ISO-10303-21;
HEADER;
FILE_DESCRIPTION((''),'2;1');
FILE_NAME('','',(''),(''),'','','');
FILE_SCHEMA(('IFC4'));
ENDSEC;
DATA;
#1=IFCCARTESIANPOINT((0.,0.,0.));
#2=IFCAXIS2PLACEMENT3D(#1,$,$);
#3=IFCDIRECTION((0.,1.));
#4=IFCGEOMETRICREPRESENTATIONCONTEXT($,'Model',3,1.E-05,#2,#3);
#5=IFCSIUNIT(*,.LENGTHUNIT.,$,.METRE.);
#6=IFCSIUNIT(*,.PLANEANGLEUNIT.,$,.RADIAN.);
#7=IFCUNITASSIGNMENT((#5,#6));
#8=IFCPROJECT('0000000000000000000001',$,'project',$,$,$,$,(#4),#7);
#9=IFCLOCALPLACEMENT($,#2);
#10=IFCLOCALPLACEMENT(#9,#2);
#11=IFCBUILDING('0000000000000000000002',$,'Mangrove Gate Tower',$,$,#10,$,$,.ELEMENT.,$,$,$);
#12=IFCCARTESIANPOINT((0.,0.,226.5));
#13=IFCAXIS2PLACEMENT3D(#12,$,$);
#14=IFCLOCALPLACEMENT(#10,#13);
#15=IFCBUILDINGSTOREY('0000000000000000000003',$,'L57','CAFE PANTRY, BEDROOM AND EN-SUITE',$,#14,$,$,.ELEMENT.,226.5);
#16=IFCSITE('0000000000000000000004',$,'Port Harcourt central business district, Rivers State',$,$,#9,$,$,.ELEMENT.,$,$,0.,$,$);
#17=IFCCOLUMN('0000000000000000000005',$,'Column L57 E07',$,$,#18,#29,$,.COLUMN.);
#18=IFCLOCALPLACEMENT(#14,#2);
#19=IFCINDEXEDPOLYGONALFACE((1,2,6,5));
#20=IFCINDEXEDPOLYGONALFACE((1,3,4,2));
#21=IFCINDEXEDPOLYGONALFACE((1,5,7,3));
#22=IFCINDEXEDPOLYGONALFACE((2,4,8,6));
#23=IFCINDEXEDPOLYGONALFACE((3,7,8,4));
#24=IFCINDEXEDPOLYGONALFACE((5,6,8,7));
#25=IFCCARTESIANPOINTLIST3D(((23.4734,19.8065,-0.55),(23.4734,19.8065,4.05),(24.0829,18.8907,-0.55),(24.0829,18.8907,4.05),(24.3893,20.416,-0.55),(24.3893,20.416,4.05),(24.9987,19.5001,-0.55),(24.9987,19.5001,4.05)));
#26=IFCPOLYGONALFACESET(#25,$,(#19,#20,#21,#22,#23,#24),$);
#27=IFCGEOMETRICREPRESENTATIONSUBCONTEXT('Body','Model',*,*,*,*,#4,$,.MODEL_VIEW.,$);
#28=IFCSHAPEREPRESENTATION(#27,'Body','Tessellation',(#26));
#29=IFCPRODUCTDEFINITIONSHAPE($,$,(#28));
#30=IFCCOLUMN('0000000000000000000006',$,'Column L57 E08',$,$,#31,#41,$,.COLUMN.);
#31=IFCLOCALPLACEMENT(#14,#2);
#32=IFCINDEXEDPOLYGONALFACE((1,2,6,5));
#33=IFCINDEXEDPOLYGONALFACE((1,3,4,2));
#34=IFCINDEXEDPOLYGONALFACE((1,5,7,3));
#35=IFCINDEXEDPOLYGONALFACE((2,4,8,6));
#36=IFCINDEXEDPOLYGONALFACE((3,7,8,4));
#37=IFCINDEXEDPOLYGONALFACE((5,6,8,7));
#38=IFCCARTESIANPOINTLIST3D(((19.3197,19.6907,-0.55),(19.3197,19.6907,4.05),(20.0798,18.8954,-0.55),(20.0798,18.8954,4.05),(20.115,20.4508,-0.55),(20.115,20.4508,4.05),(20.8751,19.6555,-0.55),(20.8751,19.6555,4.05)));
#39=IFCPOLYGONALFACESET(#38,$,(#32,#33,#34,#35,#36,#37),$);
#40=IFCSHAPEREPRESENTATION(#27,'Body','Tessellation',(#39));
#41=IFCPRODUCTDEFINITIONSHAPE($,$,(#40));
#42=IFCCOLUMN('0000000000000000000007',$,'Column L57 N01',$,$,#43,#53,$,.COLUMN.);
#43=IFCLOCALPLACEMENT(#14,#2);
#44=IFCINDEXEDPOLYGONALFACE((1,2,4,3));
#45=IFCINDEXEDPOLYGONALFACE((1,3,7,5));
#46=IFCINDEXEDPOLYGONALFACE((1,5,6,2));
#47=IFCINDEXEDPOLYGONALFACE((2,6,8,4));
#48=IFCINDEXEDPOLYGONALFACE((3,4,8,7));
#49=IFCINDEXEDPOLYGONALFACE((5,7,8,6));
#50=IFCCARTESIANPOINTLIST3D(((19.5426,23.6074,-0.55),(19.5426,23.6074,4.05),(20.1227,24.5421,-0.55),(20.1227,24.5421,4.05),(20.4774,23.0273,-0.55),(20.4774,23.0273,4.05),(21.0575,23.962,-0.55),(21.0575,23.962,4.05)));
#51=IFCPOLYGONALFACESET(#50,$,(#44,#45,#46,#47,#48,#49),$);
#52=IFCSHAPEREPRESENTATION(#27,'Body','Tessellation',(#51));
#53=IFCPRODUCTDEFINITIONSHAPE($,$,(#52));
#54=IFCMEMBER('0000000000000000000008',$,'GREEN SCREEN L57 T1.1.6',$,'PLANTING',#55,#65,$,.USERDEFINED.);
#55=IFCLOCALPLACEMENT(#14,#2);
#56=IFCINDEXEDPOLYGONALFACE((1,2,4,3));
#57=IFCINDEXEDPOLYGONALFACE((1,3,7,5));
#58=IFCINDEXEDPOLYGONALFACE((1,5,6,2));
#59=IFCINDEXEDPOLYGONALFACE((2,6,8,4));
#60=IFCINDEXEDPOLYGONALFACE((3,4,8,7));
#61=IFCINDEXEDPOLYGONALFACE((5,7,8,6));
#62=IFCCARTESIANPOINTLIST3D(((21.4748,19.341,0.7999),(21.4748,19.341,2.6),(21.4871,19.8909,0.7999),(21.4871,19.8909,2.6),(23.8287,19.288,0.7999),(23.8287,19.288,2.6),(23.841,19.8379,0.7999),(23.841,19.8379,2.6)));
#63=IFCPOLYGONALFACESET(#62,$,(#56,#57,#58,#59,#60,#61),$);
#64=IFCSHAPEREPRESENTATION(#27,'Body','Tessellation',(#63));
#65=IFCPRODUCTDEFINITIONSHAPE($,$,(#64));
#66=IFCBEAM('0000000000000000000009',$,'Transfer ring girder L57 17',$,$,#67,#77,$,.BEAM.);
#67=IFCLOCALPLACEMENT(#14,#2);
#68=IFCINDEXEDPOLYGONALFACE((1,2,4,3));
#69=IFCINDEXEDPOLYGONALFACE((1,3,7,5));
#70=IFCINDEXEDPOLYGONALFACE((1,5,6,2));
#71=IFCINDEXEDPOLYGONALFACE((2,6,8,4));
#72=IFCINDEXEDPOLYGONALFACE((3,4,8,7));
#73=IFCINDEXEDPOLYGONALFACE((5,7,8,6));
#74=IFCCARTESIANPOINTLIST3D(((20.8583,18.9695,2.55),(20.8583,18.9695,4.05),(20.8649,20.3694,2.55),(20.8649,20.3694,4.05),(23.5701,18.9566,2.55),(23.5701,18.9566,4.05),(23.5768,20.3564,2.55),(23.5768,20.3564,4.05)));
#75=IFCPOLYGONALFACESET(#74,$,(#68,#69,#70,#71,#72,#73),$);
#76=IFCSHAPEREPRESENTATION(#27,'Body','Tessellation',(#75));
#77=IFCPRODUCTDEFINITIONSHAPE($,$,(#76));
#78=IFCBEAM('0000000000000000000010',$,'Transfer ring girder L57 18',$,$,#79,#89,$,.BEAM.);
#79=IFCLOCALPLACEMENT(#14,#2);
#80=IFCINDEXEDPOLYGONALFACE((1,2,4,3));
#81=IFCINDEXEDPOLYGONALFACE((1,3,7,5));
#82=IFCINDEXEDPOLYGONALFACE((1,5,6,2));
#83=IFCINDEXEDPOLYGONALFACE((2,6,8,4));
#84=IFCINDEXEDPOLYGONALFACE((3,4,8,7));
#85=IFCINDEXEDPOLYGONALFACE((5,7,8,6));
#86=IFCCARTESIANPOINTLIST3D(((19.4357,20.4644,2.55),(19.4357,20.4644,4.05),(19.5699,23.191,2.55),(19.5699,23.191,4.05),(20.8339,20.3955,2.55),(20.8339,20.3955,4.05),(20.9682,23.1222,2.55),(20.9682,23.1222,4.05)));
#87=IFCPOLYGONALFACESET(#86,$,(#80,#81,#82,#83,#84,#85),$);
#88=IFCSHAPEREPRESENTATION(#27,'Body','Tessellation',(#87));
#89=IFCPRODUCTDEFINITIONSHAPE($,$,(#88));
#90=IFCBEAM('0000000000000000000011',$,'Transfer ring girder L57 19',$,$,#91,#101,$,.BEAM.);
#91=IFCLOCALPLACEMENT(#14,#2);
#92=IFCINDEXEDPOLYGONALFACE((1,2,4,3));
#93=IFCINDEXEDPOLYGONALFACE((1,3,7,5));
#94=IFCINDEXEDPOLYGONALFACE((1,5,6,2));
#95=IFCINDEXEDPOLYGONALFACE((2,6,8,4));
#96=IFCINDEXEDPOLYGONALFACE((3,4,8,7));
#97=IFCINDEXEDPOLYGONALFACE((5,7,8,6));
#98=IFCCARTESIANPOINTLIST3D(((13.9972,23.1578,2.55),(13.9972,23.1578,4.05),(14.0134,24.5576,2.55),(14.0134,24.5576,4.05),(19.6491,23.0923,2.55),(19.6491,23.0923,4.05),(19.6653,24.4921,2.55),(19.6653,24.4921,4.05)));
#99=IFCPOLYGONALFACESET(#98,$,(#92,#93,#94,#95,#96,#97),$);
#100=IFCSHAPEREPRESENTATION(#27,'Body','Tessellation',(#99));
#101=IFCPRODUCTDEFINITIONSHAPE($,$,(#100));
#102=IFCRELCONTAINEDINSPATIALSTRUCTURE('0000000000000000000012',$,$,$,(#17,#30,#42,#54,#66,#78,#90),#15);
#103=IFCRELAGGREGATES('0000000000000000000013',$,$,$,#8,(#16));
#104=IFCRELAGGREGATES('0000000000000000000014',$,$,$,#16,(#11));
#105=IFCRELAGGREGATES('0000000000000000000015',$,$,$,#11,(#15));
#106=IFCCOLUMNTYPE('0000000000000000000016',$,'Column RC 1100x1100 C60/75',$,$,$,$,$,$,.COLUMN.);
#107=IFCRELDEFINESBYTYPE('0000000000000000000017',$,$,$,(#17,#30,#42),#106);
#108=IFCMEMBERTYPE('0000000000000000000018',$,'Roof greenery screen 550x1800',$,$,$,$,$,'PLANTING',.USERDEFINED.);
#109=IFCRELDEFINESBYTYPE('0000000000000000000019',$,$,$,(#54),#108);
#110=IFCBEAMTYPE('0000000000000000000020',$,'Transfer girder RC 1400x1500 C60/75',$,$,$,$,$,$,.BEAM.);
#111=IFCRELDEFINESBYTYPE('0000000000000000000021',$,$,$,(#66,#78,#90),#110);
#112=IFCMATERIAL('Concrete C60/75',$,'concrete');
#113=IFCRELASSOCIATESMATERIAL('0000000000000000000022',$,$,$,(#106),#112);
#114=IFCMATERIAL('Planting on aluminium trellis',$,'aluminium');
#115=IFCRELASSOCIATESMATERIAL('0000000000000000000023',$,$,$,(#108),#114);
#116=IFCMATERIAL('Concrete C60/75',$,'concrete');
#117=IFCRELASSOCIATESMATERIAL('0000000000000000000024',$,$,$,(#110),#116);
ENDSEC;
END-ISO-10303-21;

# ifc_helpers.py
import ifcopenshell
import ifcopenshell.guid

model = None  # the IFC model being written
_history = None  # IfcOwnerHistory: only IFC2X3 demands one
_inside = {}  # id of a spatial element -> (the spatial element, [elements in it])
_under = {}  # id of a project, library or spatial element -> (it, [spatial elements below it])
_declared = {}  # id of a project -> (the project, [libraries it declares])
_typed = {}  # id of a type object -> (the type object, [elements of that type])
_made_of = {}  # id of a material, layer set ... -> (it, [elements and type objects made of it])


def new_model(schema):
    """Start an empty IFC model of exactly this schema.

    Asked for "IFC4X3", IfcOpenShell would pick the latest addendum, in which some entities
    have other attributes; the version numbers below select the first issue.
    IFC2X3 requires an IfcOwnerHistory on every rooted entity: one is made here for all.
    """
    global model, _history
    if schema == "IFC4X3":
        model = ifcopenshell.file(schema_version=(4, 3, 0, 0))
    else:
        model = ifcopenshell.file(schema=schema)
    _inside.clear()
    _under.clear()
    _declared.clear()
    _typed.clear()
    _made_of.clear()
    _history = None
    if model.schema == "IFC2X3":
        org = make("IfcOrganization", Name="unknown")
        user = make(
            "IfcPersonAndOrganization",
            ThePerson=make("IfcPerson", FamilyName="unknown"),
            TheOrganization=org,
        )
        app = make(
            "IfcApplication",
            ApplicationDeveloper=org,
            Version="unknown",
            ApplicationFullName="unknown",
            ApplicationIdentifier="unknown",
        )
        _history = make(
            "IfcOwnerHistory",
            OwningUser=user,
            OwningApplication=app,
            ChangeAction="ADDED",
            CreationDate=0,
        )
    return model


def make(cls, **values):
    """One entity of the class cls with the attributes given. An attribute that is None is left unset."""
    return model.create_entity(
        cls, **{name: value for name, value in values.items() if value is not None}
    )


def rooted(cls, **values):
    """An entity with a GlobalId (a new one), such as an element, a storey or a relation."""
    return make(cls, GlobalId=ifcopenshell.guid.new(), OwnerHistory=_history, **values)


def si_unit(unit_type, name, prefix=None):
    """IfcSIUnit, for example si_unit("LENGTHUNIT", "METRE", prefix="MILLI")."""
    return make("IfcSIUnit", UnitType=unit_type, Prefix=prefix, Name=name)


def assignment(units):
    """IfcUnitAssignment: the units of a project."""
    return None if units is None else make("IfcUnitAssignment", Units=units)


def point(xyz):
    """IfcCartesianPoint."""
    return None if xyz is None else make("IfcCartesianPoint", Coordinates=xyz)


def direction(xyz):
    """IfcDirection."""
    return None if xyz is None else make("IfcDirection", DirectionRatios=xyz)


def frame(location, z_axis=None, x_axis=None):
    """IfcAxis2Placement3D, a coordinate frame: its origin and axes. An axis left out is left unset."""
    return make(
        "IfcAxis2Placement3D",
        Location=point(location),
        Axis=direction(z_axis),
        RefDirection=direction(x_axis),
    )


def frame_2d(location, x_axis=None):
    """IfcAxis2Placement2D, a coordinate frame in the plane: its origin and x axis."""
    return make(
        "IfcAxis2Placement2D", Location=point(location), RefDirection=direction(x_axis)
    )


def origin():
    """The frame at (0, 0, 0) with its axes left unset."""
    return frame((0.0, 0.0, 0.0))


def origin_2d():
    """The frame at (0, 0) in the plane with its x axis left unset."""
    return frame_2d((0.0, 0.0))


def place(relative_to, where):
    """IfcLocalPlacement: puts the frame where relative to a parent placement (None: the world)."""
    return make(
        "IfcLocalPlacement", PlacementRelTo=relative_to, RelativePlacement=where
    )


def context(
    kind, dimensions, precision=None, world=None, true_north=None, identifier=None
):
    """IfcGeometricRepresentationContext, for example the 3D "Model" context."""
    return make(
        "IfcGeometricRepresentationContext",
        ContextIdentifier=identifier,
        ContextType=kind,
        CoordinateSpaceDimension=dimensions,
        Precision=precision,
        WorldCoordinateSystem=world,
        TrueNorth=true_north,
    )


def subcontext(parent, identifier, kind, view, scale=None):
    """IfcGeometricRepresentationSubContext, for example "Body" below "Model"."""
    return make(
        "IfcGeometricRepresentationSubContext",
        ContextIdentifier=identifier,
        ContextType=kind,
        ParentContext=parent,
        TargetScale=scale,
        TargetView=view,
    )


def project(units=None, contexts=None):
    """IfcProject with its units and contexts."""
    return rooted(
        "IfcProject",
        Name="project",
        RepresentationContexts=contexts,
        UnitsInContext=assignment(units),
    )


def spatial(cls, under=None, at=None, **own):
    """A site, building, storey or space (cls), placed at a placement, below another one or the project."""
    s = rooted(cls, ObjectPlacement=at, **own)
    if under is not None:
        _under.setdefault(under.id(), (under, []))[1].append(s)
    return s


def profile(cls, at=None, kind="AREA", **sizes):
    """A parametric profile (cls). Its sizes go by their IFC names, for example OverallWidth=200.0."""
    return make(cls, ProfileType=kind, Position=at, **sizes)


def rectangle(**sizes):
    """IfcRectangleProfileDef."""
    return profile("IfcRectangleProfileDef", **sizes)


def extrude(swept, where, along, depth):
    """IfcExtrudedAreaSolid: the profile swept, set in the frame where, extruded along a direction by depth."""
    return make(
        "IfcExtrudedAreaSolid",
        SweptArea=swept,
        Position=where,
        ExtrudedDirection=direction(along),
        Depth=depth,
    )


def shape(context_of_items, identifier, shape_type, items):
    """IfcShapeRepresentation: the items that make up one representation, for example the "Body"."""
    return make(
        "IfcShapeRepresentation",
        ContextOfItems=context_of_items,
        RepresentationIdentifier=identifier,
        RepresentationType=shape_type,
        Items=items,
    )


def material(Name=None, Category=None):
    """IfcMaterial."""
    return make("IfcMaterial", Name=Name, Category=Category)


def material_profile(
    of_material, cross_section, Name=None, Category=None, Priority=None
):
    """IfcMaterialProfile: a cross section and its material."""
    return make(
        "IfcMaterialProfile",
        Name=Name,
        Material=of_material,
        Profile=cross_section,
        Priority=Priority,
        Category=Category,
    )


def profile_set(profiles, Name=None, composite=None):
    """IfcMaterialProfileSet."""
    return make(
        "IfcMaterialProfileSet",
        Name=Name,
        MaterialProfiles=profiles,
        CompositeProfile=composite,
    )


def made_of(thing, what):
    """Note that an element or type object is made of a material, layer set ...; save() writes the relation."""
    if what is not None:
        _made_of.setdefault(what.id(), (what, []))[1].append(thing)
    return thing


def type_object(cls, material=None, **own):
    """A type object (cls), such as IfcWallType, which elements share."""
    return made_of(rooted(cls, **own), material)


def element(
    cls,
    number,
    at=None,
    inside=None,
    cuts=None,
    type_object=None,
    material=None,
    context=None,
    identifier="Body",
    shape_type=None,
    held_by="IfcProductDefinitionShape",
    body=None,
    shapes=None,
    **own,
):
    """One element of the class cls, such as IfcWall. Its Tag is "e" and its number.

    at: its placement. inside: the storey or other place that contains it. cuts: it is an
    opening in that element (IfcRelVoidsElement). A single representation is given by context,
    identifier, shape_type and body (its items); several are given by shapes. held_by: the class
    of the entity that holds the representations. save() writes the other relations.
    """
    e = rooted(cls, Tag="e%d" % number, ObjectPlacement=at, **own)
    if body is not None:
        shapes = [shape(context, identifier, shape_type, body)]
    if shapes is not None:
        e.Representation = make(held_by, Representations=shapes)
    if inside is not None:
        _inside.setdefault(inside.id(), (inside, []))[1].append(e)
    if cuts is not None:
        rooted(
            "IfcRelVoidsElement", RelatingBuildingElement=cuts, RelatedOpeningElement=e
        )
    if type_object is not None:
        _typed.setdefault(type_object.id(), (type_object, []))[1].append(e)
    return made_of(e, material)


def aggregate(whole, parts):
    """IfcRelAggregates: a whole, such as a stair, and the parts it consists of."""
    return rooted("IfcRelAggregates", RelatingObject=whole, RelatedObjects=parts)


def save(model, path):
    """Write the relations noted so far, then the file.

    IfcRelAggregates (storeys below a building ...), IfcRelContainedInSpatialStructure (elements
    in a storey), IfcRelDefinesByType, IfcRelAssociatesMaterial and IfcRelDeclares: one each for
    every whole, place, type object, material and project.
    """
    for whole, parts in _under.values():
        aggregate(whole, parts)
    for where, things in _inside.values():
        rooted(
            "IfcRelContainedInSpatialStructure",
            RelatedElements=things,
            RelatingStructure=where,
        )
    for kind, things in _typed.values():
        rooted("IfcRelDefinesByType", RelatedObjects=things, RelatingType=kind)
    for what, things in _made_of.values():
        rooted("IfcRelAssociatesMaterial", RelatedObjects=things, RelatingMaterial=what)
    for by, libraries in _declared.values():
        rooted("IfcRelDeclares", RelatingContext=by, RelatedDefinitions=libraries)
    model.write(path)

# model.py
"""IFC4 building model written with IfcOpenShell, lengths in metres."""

from ifc_helpers import new_model, si_unit, direction, frame, origin, origin_2d, place, context, subcontext, project, spatial, rectangle, extrude, material, material_profile, profile_set, type_object, element, save


model = new_model("IFC4")

# Units and contexts
model_context = context("Model", 3, precision=1e-05, world=origin(), true_north=direction((0.0, 1.0)))
body_context = subcontext(model_context, "Body", "Model", "MODEL_VIEW")
ifc_project = project(units=[si_unit("LENGTHUNIT", "METRE"), si_unit("PLANEANGLEUNIT", "RADIAN")], contexts=[model_context])

# Site, building, storey
site_placement = place(None, origin())
site = spatial("IfcSite", under=ifc_project, at=site_placement, Name="Port Harcourt central business district, Rivers State", CompositionType="ELEMENT", RefElevation=0.0)
building_placement = place(site_placement, origin())
building = spatial("IfcBuilding", under=site, at=building_placement, Name="Mangrove Gate Tower", CompositionType="ELEMENT")
storey_placement = place(building_placement, frame((0.0, 0.0, 226.5)))
storey = spatial("IfcBuildingStorey", under=building, at=storey_placement, Name="L57", Description="CAFE PANTRY, BEDROOM AND EN-SUITE", CompositionType="ELEMENT", Elevation=226.5)

# Columns
ifc_material_1 = material(Name="Concrete C60/75", Category="concrete")
ifc_material_profile_1 = material_profile(ifc_material_1, rectangle(XDim=1.1001, YDim=1.1001, at=origin_2d()))
ifc_profile_set_1 = profile_set([ifc_material_profile_1], Name="Concrete C60/75")
column_type = type_object("IfcColumnType", Name="Column RC 1100x1100 C60/75", PredefinedType="COLUMN", material=ifc_profile_set_1)
for number, where, z_axis, x_axis, name in (
    (1, (24.2361, 19.6533, -0.55), (0.0, 0.0, 1.0), (-0.553976, 0.832532, 0.0), "Column L57 E07"),
    (2, (20.0974, 19.6731, -0.55), (0.0, 0.0, 1.0), (-0.690932, 0.72292, 0.0), "Column L57 E08"),
    (3, (20.3, 23.7847, -0.55), (0.0, 0.0, 1.0), (-0.849672, 0.527312, 0.0), "Column L57 N01"),
):
    element("IfcColumn", number, at=place(storey_placement, frame(where, z_axis=z_axis, x_axis=x_axis)), inside=storey, type_object=column_type, Name=name, PredefinedType="COLUMN", context=body_context, shape_type="SweptSolid", body=[
        extrude(rectangle(XDim=1.1001, YDim=1.1001, at=origin_2d()), origin(), (0.0, 0.0, 1.0), 4.6001),
    ])

# Member
ifc_material_2 = material(Name="Planting on aluminium trellis", Category="aluminium")
ifc_material_profile_2 = material_profile(ifc_material_2, rectangle(XDim=0.55, YDim=1.8, at=origin_2d()))
ifc_profile_set_2 = profile_set([ifc_material_profile_2], Name="Planting on aluminium trellis")
member_type = type_object("IfcMemberType", Name="Roof greenery screen 550x1800", ElementType="PLANTING", PredefinedType="USERDEFINED", material=ifc_profile_set_2)
member_placement = place(storey_placement, frame((21.481, 19.616, 1.7), z_axis=(0.999747, -0.0225, 0.0), x_axis=(0.0225, 0.999747, 0.0)))
element("IfcMember", 4, at=member_placement, inside=storey, type_object=member_type, Name="GREEN SCREEN L57 T1.1.6", ObjectType="PLANTING", PredefinedType="USERDEFINED", context=body_context, shape_type="SweptSolid", body=[
    extrude(rectangle(XDim=0.55, YDim=1.8, at=origin_2d()), origin(), (0.0, 0.0, 1.0), 2.3545),
])

# Beams
ifc_material_3 = material(Name="Concrete C60/75", Category="concrete")
ifc_material_profile_3 = material_profile(ifc_material_3, rectangle(XDim=1.3999, YDim=1.5, at=origin_2d()))
ifc_profile_set_3 = profile_set([ifc_material_profile_3], Name="Concrete C60/75")
beam_type = type_object("IfcBeamType", Name="Transfer girder RC 1400x1500 C60/75", PredefinedType="BEAM", material=ifc_profile_set_3)
beam_1_placement = place(storey_placement, frame((23.5735, 19.6565, 3.3), z_axis=(-0.999989, 0.004771, 0.0), x_axis=(-0.004771, -0.999989, 0.0)))
element("IfcBeam", 5, at=beam_1_placement, inside=storey, type_object=beam_type, Name="Transfer ring girder L57 17", PredefinedType="BEAM", context=body_context, shape_type="SweptSolid", body=[
    extrude(rectangle(XDim=1.3999, YDim=1.5, at=origin_2d()), origin(), (0.0, 0.0, 1.0), 2.7119),
])
beam_2_placement = place(storey_placement, frame((20.1348, 20.4299, 3.3), z_axis=(0.049188, 0.99879, 0.0), x_axis=(-0.99879, 0.049188, 0.0)))
element("IfcBeam", 6, at=beam_2_placement, inside=storey, type_object=beam_type, Name="Transfer ring girder L57 18", PredefinedType="BEAM", context=body_context, shape_type="SweptSolid", body=[
    extrude(rectangle(XDim=1.3999, YDim=1.5, at=origin_2d()), origin(), (0.0, 0.0, 1.0), 2.73),
])
beam_3_placement = place(storey_placement, frame((19.6572, 23.7922, 3.3), z_axis=(-0.999933, 0.011576, 0.0), x_axis=(-0.011576, -0.999933, 0.0)))
element("IfcBeam", 7, at=beam_3_placement, inside=storey, type_object=beam_type, Name="Transfer ring girder L57 19", PredefinedType="BEAM", context=body_context, shape_type="SweptSolid", body=[
    extrude(rectangle(XDim=1.3999, YDim=1.5, at=origin_2d()), origin(), (0.0, 0.0, 1.0), 5.6523),
])

save(model, "model.ifc")
